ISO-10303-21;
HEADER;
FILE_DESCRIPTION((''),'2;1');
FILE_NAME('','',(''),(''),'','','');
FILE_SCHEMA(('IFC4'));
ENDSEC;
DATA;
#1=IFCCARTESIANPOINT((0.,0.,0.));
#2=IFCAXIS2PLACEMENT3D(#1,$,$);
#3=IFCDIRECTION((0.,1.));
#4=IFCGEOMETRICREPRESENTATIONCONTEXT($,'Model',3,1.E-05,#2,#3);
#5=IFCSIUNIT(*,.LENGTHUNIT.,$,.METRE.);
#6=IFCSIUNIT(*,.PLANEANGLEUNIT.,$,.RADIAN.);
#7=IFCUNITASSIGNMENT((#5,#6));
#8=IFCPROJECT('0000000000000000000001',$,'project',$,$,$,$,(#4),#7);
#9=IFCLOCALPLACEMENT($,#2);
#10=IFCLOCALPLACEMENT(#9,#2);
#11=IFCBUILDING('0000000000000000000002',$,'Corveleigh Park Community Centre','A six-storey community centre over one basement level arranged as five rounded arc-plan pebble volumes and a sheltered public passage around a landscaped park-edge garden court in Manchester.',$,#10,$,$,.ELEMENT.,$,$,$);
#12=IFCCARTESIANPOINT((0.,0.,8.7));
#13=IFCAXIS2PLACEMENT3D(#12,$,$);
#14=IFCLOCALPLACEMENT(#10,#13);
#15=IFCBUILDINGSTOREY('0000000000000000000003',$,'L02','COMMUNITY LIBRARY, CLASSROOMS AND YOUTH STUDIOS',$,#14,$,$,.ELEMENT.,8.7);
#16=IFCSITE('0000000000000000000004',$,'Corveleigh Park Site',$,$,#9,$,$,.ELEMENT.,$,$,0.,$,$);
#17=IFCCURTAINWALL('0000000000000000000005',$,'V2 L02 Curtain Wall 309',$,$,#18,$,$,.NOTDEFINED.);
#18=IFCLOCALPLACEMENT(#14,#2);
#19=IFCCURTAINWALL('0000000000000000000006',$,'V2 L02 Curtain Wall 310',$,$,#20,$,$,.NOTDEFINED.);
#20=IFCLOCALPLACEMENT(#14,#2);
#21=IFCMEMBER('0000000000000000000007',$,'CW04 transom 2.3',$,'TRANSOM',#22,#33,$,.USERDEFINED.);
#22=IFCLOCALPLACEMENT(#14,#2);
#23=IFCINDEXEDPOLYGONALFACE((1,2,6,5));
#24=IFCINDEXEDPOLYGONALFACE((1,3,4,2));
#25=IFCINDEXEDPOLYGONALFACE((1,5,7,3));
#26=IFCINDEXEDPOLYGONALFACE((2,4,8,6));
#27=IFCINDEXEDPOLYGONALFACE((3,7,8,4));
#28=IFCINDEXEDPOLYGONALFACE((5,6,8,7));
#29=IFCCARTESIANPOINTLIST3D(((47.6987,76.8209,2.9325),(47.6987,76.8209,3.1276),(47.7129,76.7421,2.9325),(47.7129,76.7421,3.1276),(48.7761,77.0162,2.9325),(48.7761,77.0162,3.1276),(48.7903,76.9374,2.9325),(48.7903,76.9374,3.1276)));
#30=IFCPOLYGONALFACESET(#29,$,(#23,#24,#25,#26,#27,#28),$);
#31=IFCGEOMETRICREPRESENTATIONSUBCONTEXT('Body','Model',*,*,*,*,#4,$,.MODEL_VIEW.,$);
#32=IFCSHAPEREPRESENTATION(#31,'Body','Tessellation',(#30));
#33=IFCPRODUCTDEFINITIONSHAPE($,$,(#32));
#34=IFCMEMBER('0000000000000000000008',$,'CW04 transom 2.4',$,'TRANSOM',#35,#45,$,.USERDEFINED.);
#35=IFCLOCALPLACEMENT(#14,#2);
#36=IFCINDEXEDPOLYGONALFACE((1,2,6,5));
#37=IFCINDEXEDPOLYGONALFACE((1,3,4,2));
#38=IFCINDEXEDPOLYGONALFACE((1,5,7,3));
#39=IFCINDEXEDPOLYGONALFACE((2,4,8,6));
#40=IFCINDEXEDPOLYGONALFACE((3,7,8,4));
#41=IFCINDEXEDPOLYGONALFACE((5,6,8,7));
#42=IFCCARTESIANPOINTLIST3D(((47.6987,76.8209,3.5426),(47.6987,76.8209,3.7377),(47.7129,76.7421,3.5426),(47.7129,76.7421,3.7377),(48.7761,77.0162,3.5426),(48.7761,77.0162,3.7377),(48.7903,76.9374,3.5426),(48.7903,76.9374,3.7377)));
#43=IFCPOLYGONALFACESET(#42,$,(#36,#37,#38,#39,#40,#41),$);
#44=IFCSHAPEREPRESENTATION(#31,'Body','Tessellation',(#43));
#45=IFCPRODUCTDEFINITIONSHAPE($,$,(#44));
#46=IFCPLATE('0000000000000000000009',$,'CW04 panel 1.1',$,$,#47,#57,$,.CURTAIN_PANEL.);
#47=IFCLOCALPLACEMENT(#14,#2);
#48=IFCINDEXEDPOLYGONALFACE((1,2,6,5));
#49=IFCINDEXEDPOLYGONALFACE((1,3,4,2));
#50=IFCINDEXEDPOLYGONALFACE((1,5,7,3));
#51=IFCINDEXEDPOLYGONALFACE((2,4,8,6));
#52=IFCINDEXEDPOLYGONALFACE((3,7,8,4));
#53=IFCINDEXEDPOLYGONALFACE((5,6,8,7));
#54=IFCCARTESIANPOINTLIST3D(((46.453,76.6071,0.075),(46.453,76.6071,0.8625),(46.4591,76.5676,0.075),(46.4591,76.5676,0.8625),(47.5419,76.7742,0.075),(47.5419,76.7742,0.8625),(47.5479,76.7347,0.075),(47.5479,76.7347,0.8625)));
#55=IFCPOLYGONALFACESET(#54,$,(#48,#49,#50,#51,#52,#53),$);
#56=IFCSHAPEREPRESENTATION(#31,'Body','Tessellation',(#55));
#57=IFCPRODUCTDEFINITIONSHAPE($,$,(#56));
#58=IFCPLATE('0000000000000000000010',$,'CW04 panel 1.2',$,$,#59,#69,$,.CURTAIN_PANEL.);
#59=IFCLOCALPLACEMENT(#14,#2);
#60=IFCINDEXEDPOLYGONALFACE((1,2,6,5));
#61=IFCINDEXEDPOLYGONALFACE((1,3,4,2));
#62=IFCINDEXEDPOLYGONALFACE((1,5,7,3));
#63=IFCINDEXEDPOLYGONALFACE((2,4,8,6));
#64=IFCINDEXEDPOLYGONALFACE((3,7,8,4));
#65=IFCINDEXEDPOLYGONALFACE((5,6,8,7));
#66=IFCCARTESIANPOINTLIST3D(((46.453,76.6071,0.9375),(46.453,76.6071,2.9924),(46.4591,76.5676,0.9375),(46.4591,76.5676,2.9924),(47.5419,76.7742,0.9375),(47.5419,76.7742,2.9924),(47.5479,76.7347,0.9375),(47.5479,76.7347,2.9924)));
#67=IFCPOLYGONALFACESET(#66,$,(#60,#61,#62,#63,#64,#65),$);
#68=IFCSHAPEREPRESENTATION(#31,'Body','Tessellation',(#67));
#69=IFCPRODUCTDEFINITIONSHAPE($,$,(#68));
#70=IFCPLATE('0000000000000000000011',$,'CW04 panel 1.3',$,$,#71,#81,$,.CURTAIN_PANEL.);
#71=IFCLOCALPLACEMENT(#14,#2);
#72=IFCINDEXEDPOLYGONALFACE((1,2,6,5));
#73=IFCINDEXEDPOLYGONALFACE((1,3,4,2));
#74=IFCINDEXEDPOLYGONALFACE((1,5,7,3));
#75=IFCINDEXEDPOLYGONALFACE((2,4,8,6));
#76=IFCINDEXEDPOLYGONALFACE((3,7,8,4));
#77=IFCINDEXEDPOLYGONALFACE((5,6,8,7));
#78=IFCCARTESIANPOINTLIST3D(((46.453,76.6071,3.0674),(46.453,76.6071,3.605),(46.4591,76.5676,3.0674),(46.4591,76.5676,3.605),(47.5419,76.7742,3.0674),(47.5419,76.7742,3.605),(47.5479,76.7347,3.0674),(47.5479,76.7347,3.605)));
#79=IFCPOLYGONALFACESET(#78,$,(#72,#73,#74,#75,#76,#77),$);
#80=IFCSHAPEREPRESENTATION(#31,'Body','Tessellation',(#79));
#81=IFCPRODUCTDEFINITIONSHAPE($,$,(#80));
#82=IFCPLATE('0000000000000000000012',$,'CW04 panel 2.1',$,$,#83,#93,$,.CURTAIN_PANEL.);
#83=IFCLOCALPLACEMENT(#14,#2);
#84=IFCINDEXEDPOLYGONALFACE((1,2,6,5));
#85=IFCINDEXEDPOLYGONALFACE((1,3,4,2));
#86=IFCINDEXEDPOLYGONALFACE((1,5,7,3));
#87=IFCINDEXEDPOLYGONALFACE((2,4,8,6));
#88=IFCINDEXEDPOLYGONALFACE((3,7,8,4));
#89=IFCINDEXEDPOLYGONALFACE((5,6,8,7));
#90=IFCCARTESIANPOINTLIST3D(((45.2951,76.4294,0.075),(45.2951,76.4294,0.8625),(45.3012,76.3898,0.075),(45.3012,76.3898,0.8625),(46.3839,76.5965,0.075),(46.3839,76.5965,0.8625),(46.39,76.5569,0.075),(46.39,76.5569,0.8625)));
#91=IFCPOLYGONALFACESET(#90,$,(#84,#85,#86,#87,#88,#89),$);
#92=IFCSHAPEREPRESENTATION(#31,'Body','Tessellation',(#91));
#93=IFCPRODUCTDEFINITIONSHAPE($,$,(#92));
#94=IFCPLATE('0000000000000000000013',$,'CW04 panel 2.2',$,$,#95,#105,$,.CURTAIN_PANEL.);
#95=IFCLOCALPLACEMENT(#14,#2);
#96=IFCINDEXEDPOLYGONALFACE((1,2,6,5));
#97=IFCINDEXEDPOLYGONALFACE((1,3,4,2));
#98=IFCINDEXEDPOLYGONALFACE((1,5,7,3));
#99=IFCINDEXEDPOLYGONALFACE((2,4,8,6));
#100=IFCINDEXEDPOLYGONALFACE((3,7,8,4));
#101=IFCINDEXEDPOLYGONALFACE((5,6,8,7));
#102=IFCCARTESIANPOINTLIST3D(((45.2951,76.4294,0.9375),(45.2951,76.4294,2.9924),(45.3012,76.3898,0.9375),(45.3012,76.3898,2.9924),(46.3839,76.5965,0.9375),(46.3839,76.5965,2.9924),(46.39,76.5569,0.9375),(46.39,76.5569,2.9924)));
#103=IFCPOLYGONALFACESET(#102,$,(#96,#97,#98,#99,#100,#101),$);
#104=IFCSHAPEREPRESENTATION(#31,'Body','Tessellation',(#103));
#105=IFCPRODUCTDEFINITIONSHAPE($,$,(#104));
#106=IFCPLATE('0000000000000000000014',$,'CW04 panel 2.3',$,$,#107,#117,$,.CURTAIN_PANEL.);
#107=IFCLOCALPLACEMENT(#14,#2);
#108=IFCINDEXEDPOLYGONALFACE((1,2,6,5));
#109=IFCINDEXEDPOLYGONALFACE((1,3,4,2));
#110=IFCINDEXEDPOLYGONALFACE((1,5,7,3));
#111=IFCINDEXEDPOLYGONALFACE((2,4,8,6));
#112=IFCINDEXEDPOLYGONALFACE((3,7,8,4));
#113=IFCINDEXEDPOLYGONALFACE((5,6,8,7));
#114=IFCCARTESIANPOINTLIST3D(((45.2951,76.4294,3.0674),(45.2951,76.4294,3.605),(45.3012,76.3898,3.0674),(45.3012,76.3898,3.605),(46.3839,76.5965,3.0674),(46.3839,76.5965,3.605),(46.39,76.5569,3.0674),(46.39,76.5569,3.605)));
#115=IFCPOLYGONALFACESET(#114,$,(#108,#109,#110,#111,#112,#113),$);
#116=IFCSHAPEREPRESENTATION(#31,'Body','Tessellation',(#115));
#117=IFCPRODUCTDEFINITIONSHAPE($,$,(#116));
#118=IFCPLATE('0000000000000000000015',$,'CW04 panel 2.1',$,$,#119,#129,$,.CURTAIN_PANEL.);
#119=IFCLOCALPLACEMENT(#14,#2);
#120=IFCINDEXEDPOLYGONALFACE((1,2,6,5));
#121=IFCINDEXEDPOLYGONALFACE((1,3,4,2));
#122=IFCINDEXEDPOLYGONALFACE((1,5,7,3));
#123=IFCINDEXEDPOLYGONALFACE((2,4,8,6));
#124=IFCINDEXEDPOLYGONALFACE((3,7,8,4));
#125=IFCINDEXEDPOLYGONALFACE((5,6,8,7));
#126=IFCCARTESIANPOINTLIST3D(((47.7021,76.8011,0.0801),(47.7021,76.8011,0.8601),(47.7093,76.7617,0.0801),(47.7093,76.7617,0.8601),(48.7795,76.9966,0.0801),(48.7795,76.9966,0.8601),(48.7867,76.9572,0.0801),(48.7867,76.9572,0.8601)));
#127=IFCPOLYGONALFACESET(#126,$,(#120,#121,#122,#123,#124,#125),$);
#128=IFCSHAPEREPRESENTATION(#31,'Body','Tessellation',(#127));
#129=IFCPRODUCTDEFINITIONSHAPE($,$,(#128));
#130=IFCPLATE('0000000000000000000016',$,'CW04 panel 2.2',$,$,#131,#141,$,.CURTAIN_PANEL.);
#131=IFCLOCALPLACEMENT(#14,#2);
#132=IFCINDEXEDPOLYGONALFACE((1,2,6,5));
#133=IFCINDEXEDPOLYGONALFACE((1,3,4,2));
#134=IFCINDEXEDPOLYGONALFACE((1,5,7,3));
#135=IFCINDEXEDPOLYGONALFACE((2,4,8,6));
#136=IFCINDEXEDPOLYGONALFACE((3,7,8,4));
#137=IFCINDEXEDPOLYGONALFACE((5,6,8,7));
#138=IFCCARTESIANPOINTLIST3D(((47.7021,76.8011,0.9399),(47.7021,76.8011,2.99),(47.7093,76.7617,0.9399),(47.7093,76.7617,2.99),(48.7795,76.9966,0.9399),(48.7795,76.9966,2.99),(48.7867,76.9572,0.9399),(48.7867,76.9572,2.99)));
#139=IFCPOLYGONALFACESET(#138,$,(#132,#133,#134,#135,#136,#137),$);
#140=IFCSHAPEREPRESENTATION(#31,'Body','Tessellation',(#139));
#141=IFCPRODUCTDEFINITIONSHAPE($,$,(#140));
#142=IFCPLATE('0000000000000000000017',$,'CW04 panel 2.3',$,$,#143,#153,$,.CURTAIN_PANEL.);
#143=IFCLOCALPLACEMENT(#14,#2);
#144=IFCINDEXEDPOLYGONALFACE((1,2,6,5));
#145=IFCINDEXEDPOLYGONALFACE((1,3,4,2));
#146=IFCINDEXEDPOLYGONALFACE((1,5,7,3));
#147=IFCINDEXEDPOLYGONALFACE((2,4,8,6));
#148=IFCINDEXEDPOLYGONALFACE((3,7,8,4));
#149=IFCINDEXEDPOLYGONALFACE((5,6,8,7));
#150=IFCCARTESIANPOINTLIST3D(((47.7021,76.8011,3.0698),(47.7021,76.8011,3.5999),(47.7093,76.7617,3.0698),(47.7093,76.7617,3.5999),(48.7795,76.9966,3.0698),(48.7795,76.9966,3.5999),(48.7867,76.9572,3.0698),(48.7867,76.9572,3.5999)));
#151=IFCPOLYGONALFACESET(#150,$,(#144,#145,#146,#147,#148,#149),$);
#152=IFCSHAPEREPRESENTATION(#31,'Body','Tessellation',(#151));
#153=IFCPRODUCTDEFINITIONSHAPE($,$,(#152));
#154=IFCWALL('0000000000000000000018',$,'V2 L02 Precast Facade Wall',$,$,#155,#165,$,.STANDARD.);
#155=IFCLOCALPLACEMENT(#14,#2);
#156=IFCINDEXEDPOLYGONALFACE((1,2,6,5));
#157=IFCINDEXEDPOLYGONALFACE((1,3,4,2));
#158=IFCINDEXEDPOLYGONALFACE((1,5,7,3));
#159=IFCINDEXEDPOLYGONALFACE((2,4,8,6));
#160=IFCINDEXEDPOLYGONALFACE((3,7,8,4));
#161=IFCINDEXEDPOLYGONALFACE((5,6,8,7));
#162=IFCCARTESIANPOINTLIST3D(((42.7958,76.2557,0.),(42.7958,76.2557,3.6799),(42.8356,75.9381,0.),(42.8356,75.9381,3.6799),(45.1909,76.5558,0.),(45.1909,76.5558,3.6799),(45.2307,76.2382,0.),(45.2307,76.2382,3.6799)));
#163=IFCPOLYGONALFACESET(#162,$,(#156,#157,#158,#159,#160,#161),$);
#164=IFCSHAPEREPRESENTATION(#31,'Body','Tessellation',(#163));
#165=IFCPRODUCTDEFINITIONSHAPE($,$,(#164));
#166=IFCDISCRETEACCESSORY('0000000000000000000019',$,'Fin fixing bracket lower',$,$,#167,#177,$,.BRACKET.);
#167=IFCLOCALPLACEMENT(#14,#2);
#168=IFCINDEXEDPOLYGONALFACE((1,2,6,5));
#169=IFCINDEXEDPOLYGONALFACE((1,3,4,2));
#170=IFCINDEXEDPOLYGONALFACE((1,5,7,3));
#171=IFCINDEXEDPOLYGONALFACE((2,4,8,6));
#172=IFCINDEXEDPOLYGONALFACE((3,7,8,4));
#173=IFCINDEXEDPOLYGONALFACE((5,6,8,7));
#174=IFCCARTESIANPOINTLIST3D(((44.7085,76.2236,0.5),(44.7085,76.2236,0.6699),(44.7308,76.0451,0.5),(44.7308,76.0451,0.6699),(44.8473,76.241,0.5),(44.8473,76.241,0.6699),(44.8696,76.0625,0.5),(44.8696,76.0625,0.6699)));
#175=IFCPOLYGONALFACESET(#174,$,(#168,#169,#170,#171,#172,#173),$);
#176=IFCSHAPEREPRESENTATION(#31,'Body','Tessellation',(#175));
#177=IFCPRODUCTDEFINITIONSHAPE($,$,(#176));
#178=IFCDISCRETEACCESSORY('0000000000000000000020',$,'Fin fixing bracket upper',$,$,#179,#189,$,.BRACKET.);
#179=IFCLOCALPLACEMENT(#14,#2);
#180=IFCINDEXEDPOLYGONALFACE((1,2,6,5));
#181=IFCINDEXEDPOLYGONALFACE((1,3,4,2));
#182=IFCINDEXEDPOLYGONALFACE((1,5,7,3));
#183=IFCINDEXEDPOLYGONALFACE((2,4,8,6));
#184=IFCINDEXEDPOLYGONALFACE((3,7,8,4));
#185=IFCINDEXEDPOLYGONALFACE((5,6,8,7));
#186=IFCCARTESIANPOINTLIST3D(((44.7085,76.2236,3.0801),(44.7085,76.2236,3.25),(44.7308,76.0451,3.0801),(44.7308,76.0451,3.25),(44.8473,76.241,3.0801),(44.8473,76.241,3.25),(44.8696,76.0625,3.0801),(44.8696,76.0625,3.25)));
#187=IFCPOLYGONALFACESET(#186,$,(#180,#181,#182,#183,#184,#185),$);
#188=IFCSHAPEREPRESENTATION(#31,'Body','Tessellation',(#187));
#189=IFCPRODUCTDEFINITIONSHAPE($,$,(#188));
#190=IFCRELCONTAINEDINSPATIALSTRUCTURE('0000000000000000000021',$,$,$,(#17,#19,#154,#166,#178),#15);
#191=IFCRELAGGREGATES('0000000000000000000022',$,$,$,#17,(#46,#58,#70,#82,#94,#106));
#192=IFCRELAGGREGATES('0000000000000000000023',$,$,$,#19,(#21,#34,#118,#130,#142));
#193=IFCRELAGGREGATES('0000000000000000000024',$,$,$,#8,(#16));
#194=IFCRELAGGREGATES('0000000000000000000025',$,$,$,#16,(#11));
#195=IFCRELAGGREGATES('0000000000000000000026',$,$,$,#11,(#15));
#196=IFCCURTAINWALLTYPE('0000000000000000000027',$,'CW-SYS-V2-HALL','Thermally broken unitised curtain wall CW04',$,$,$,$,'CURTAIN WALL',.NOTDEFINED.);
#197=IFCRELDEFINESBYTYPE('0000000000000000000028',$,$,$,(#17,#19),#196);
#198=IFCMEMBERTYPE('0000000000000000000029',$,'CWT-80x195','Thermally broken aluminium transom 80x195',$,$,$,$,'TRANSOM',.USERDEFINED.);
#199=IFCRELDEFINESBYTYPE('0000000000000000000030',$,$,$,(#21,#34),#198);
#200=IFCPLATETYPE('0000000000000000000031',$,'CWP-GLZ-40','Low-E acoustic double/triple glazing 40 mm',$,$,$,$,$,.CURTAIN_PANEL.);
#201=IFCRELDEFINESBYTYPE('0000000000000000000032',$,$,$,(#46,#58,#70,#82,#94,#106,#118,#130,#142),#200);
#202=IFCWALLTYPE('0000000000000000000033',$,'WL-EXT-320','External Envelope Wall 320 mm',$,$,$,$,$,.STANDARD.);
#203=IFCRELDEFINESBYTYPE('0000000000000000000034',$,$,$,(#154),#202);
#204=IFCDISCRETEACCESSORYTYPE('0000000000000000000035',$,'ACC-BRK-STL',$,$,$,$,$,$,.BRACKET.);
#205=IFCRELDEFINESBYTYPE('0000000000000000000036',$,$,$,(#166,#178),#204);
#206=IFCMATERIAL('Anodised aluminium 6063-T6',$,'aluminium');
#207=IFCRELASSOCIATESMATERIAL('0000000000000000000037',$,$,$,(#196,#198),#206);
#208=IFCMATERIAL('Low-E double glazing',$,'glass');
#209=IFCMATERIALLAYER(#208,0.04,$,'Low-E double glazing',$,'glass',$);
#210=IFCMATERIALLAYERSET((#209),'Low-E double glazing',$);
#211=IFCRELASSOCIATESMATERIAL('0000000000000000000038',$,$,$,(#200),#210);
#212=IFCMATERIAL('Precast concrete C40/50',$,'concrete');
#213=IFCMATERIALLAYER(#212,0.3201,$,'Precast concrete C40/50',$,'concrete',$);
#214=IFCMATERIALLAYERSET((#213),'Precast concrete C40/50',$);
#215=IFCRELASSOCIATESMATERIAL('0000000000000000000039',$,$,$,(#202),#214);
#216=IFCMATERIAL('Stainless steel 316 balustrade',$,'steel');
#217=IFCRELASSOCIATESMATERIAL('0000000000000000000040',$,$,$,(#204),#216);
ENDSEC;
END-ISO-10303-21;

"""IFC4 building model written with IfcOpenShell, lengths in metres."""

from ifc_helpers import new_model, si_unit, direction, frame, frame_2d, origin, origin_2d, place, context, subcontext, project, spatial, rectangle, extrude, material, layer, layer_set, material_profile, profile_set, type_object, element, aggregate, save


model = new_model("IFC4")

# Units and contexts
model_context = context("Model", 3, precision=1e-05, world=origin(), true_north=direction((0.0, 1.0)))
body_context = subcontext(model_context, "Body", "Model", "MODEL_VIEW")
ifc_project = project(units=[si_unit("LENGTHUNIT", "METRE"), si_unit("PLANEANGLEUNIT", "RADIAN")], contexts=[model_context])

# Site, building, storey
site_placement = place(None, origin())
site = spatial("IfcSite", under=ifc_project, at=site_placement, Name="Corveleigh Park Site", CompositionType="ELEMENT", RefElevation=0.0)
building_placement = place(site_placement, origin())
building = spatial("IfcBuilding", under=site, at=building_placement, Name="Corveleigh Park Community Centre", Description="A six-storey community centre over one basement level arranged as five rounded arc-plan pebble volumes and a sheltered public passage around a landscaped park-edge garden court in Manchester.", CompositionType="ELEMENT")
storey_placement = place(building_placement, frame((0.0, 0.0, 8.7)))
storey = spatial("IfcBuildingStorey", under=building, at=storey_placement, Name="L02", Description="COMMUNITY LIBRARY, CLASSROOMS AND YOUTH STUDIOS", CompositionType="ELEMENT", Elevation=8.7)

# Curtain wall
ifc_material_1 = material(Name="Anodised aluminium 6063-T6", Category="aluminium")
curtain_wall_type = type_object("IfcCurtainWallType", Name="CW-SYS-V2-HALL", Description="Thermally broken unitised curtain wall CW04", ElementType="CURTAIN WALL", PredefinedType="NOTDEFINED", material=ifc_material_1)
curtain_wall_1_placement = place(storey_placement, origin())
curtain_wall_1 = element("IfcCurtainWall", 1, at=curtain_wall_1_placement, inside=storey, type_object=curtain_wall_type, Name="V2 L02 Curtain Wall 309", PredefinedType="NOTDEFINED")

# Curtain wall
curtain_wall_2_placement = place(storey_placement, origin())
curtain_wall_2 = element("IfcCurtainWall", 2, at=curtain_wall_2_placement, inside=storey, type_object=curtain_wall_type, Name="V2 L02 Curtain Wall 310", PredefinedType="NOTDEFINED")

# Members
ifc_material_profile_1 = material_profile(ifc_material_1, rectangle(XDim=0.0801, YDim=0.1951, at=origin_2d()), Name="ALU-T80x195", Category="aluminium")
ifc_profile_set_1 = profile_set([ifc_material_profile_1], Name="Anodised aluminium 6063-T6")
member_type_1 = type_object("IfcMemberType", Name="CWT-80x195", Description="Thermally broken aluminium transom 80x195", ElementType="TRANSOM", PredefinedType="USERDEFINED", material=ifc_profile_set_1)
member_1_placement = place(storey_placement, frame((48.7832, 76.9768, 3.03), z_axis=(-0.983963, -0.178375, 0.0), x_axis=(0.178375, -0.983963, 0.0)))
member_1 = element("IfcMember", 3, at=member_1_placement, type_object=member_type_1, Name="CW04 transom 2.3", ObjectType="TRANSOM", PredefinedType="USERDEFINED", context=body_context, shape_type="SweptSolid", body=[
    extrude(rectangle(XDim=0.0801, YDim=0.1951, at=origin_2d()), origin(), (0.0, 0.0, 1.0), 1.095),
])
member_2_placement = place(storey_placement, frame((48.7832, 76.9768, 3.6401), z_axis=(-0.983963, -0.178375, 0.0), x_axis=(0.178375, -0.983963, 0.0)))
member_2 = element("IfcMember", 4, at=member_2_placement, type_object=member_type_1, Name="CW04 transom 2.4", ObjectType="TRANSOM", PredefinedType="USERDEFINED", context=body_context, shape_type="SweptSolid", body=[
    extrude(rectangle(XDim=0.0801, YDim=0.1951, at=origin_2d()), origin(), (0.0, 0.0, 1.0), 1.095),
])

# Plates
ifc_material_2 = material(Name="Low-E double glazing", Category="glass")
ifc_layer_1 = layer(ifc_material_2, 0.04, Name="Low-E double glazing", Category="glass")
ifc_layer_set_1 = layer_set([ifc_layer_1], Name="Low-E double glazing")
plate_type = type_object("IfcPlateType", Name="CWP-GLZ-40", Description="Low-E acoustic double/triple glazing 40 mm", PredefinedType="CURTAIN_PANEL", material=ifc_layer_set_1)
plate_1_placement = place(storey_placement, frame((47.0005, 76.6709, 0.075), z_axis=(0.0, 0.0, 1.0), x_axis=(-0.988429, -0.151683, 0.0)))
plate_1 = element("IfcPlate", 5, at=plate_1_placement, type_object=plate_type, Name="CW04 panel 1.1", PredefinedType="CURTAIN_PANEL", context=body_context, shape_type="SweptSolid", body=[
    extrude(rectangle(XDim=1.1016, YDim=0.04, at=origin_2d()), origin(), (0.0, 0.0, 1.0), 0.7876),
])
plate_2_placement = place(storey_placement, frame((47.0005, 76.6709, 0.9375), z_axis=(0.0, 0.0, 1.0), x_axis=(-0.988429, -0.151683, 0.0)))
plate_2 = element("IfcPlate", 6, at=plate_2_placement, type_object=plate_type, Name="CW04 panel 1.2", PredefinedType="CURTAIN_PANEL", context=body_context, shape_type="SweptSolid", body=[
    extrude(rectangle(XDim=1.1016, YDim=0.04, at=origin_2d()), origin(), (0.0, 0.0, 1.0), 2.0549),
])
plate_3_placement = place(storey_placement, frame((47.0005, 76.6709, 3.0674), z_axis=(0.0, 0.0, 1.0), x_axis=(-0.988429, -0.151683, 0.0)))
plate_3 = element("IfcPlate", 7, at=plate_3_placement, type_object=plate_type, Name="CW04 panel 1.3", PredefinedType="CURTAIN_PANEL", context=body_context, shape_type="SweptSolid", body=[
    extrude(rectangle(XDim=1.1016, YDim=0.04, at=origin_2d()), origin(), (0.0, 0.0, 1.0), 0.5376),
])
plate_4_placement = place(storey_placement, frame((45.8425, 76.4932, 0.075), z_axis=(0.0, 0.0, 1.0), x_axis=(-0.988429, -0.151683, 0.0)))
plate_4 = element("IfcPlate", 8, at=plate_4_placement, type_object=plate_type, Name="CW04 panel 2.1", PredefinedType="CURTAIN_PANEL", context=body_context, shape_type="SweptSolid", body=[
    extrude(rectangle(XDim=1.1016, YDim=0.04, at=origin_2d()), origin(), (0.0, 0.0, 1.0), 0.7876),
])
plate_5_placement = place(storey_placement, frame((45.8425, 76.4932, 0.9375), z_axis=(0.0, 0.0, 1.0), x_axis=(-0.988429, -0.151683, 0.0)))
plate_5 = element("IfcPlate", 9, at=plate_5_placement, type_object=plate_type, Name="CW04 panel 2.2", PredefinedType="CURTAIN_PANEL", context=body_context, shape_type="SweptSolid", body=[
    extrude(rectangle(XDim=1.1016, YDim=0.04, at=origin_2d()), origin(), (0.0, 0.0, 1.0), 2.0549),
])
plate_6_placement = place(storey_placement, frame((45.8425, 76.4932, 3.0674), z_axis=(0.0, 0.0, 1.0), x_axis=(-0.988429, -0.151683, 0.0)))
plate_6 = element("IfcPlate", 10, at=plate_6_placement, type_object=plate_type, Name="CW04 panel 2.3", PredefinedType="CURTAIN_PANEL", context=body_context, shape_type="SweptSolid", body=[
    extrude(rectangle(XDim=1.1016, YDim=0.04, at=origin_2d()), origin(), (0.0, 0.0, 1.0), 0.5376),
])
aggregate(curtain_wall_1, [plate_1, plate_2, plate_3, plate_4, plate_5, plate_6])
plate_7_placement = place(storey_placement, frame((48.2444, 76.8792, 0.0801), z_axis=(0.0, 0.0, 1.0), x_axis=(-0.983943, -0.178485, 0.0)))
plate_7 = element("IfcPlate", 11, at=plate_7_placement, type_object=plate_type, Name="CW04 panel 2.1", PredefinedType="CURTAIN_PANEL", context=body_context, shape_type="SweptSolid", body=[
    extrude(rectangle(XDim=1.095, YDim=0.04, at=origin_2d()), origin(), (0.0, 0.0, 1.0), 0.78),
])
plate_8_placement = place(storey_placement, frame((48.2444, 76.8792, 0.9399), z_axis=(0.0, 0.0, 1.0), x_axis=(-0.983943, -0.178485, 0.0)))
plate_8 = element("IfcPlate", 12, at=plate_8_placement, type_object=plate_type, Name="CW04 panel 2.2", PredefinedType="CURTAIN_PANEL", context=body_context, shape_type="SweptSolid", body=[
    extrude(rectangle(XDim=1.095, YDim=0.04, at=origin_2d()), origin(), (0.0, 0.0, 1.0), 2.05),
])
plate_9_placement = place(storey_placement, frame((48.2444, 76.8792, 3.0698), z_axis=(0.0, 0.0, 1.0), x_axis=(-0.983943, -0.178485, 0.0)))
plate_9 = element("IfcPlate", 13, at=plate_9_placement, type_object=plate_type, Name="CW04 panel 2.3", PredefinedType="CURTAIN_PANEL", context=body_context, shape_type="SweptSolid", body=[
    extrude(rectangle(XDim=1.095, YDim=0.04, at=origin_2d()), origin(), (0.0, 0.0, 1.0), 0.53),
])
aggregate(curtain_wall_2, [member_1, member_2, plate_7, plate_8, plate_9])

# Wall
ifc_material_3 = material(Name="Precast concrete C40/50", Category="concrete")
ifc_layer_2 = layer(ifc_material_3, 0.3201, Name="Precast concrete C40/50", Category="concrete")
ifc_layer_set_2 = layer_set([ifc_layer_2], Name="Precast concrete C40/50")
wall_type = type_object("IfcWallType", Name="WL-EXT-320", Description="External Envelope Wall 320 mm", PredefinedType="STANDARD", material=ifc_layer_set_2)
wall_placement = place(storey_placement, frame((45.2109, 76.397, 0.0), z_axis=(0.0, 0.0, 1.0), x_axis=(-0.992244, -0.124309, 0.0)))
element("IfcWall", 14, at=wall_placement, inside=storey, type_object=wall_type, Name="V2 L02 Precast Facade Wall", PredefinedType="STANDARD", context=body_context, shape_type="SweptSolid", body=[
    extrude(rectangle(XDim=2.4138, YDim=0.3201, at=frame_2d((1.207, 0.0))), origin(), (0.0, 0.0, 1.0), 3.6799),
])

# Discrete accessories
ifc_material_4 = material(Name="Stainless steel 316 balustrade", Category="steel")
discrete_accessory_type = type_object("IfcDiscreteAccessoryType", Name="ACC-BRK-STL", PredefinedType="BRACKET", material=ifc_material_4)
for number, where, z_axis, x_axis, name in (
    (15, (44.7891, 76.1431, 0.5), (0.0, 0.0, 1.0), (0.12429, -0.992246, 0.0), "Fin fixing bracket lower"),
    (16, (44.7891, 76.1431, 3.0801), (0.0, 0.0, 1.0), (0.12429, -0.992246, 0.0), "Fin fixing bracket upper"),
):
    element("IfcDiscreteAccessory", number, at=place(storey_placement, frame(where, z_axis=z_axis, x_axis=x_axis)), inside=storey, type_object=discrete_accessory_type, Name=name, PredefinedType="BRACKET", context=body_context, shape_type="SweptSolid", body=[
        extrude(rectangle(XDim=0.1799, YDim=0.1399, at=origin_2d()), origin(), (0.0, 0.0, 1.0), 0.1699),
    ])

save(model, "model.ifc")
